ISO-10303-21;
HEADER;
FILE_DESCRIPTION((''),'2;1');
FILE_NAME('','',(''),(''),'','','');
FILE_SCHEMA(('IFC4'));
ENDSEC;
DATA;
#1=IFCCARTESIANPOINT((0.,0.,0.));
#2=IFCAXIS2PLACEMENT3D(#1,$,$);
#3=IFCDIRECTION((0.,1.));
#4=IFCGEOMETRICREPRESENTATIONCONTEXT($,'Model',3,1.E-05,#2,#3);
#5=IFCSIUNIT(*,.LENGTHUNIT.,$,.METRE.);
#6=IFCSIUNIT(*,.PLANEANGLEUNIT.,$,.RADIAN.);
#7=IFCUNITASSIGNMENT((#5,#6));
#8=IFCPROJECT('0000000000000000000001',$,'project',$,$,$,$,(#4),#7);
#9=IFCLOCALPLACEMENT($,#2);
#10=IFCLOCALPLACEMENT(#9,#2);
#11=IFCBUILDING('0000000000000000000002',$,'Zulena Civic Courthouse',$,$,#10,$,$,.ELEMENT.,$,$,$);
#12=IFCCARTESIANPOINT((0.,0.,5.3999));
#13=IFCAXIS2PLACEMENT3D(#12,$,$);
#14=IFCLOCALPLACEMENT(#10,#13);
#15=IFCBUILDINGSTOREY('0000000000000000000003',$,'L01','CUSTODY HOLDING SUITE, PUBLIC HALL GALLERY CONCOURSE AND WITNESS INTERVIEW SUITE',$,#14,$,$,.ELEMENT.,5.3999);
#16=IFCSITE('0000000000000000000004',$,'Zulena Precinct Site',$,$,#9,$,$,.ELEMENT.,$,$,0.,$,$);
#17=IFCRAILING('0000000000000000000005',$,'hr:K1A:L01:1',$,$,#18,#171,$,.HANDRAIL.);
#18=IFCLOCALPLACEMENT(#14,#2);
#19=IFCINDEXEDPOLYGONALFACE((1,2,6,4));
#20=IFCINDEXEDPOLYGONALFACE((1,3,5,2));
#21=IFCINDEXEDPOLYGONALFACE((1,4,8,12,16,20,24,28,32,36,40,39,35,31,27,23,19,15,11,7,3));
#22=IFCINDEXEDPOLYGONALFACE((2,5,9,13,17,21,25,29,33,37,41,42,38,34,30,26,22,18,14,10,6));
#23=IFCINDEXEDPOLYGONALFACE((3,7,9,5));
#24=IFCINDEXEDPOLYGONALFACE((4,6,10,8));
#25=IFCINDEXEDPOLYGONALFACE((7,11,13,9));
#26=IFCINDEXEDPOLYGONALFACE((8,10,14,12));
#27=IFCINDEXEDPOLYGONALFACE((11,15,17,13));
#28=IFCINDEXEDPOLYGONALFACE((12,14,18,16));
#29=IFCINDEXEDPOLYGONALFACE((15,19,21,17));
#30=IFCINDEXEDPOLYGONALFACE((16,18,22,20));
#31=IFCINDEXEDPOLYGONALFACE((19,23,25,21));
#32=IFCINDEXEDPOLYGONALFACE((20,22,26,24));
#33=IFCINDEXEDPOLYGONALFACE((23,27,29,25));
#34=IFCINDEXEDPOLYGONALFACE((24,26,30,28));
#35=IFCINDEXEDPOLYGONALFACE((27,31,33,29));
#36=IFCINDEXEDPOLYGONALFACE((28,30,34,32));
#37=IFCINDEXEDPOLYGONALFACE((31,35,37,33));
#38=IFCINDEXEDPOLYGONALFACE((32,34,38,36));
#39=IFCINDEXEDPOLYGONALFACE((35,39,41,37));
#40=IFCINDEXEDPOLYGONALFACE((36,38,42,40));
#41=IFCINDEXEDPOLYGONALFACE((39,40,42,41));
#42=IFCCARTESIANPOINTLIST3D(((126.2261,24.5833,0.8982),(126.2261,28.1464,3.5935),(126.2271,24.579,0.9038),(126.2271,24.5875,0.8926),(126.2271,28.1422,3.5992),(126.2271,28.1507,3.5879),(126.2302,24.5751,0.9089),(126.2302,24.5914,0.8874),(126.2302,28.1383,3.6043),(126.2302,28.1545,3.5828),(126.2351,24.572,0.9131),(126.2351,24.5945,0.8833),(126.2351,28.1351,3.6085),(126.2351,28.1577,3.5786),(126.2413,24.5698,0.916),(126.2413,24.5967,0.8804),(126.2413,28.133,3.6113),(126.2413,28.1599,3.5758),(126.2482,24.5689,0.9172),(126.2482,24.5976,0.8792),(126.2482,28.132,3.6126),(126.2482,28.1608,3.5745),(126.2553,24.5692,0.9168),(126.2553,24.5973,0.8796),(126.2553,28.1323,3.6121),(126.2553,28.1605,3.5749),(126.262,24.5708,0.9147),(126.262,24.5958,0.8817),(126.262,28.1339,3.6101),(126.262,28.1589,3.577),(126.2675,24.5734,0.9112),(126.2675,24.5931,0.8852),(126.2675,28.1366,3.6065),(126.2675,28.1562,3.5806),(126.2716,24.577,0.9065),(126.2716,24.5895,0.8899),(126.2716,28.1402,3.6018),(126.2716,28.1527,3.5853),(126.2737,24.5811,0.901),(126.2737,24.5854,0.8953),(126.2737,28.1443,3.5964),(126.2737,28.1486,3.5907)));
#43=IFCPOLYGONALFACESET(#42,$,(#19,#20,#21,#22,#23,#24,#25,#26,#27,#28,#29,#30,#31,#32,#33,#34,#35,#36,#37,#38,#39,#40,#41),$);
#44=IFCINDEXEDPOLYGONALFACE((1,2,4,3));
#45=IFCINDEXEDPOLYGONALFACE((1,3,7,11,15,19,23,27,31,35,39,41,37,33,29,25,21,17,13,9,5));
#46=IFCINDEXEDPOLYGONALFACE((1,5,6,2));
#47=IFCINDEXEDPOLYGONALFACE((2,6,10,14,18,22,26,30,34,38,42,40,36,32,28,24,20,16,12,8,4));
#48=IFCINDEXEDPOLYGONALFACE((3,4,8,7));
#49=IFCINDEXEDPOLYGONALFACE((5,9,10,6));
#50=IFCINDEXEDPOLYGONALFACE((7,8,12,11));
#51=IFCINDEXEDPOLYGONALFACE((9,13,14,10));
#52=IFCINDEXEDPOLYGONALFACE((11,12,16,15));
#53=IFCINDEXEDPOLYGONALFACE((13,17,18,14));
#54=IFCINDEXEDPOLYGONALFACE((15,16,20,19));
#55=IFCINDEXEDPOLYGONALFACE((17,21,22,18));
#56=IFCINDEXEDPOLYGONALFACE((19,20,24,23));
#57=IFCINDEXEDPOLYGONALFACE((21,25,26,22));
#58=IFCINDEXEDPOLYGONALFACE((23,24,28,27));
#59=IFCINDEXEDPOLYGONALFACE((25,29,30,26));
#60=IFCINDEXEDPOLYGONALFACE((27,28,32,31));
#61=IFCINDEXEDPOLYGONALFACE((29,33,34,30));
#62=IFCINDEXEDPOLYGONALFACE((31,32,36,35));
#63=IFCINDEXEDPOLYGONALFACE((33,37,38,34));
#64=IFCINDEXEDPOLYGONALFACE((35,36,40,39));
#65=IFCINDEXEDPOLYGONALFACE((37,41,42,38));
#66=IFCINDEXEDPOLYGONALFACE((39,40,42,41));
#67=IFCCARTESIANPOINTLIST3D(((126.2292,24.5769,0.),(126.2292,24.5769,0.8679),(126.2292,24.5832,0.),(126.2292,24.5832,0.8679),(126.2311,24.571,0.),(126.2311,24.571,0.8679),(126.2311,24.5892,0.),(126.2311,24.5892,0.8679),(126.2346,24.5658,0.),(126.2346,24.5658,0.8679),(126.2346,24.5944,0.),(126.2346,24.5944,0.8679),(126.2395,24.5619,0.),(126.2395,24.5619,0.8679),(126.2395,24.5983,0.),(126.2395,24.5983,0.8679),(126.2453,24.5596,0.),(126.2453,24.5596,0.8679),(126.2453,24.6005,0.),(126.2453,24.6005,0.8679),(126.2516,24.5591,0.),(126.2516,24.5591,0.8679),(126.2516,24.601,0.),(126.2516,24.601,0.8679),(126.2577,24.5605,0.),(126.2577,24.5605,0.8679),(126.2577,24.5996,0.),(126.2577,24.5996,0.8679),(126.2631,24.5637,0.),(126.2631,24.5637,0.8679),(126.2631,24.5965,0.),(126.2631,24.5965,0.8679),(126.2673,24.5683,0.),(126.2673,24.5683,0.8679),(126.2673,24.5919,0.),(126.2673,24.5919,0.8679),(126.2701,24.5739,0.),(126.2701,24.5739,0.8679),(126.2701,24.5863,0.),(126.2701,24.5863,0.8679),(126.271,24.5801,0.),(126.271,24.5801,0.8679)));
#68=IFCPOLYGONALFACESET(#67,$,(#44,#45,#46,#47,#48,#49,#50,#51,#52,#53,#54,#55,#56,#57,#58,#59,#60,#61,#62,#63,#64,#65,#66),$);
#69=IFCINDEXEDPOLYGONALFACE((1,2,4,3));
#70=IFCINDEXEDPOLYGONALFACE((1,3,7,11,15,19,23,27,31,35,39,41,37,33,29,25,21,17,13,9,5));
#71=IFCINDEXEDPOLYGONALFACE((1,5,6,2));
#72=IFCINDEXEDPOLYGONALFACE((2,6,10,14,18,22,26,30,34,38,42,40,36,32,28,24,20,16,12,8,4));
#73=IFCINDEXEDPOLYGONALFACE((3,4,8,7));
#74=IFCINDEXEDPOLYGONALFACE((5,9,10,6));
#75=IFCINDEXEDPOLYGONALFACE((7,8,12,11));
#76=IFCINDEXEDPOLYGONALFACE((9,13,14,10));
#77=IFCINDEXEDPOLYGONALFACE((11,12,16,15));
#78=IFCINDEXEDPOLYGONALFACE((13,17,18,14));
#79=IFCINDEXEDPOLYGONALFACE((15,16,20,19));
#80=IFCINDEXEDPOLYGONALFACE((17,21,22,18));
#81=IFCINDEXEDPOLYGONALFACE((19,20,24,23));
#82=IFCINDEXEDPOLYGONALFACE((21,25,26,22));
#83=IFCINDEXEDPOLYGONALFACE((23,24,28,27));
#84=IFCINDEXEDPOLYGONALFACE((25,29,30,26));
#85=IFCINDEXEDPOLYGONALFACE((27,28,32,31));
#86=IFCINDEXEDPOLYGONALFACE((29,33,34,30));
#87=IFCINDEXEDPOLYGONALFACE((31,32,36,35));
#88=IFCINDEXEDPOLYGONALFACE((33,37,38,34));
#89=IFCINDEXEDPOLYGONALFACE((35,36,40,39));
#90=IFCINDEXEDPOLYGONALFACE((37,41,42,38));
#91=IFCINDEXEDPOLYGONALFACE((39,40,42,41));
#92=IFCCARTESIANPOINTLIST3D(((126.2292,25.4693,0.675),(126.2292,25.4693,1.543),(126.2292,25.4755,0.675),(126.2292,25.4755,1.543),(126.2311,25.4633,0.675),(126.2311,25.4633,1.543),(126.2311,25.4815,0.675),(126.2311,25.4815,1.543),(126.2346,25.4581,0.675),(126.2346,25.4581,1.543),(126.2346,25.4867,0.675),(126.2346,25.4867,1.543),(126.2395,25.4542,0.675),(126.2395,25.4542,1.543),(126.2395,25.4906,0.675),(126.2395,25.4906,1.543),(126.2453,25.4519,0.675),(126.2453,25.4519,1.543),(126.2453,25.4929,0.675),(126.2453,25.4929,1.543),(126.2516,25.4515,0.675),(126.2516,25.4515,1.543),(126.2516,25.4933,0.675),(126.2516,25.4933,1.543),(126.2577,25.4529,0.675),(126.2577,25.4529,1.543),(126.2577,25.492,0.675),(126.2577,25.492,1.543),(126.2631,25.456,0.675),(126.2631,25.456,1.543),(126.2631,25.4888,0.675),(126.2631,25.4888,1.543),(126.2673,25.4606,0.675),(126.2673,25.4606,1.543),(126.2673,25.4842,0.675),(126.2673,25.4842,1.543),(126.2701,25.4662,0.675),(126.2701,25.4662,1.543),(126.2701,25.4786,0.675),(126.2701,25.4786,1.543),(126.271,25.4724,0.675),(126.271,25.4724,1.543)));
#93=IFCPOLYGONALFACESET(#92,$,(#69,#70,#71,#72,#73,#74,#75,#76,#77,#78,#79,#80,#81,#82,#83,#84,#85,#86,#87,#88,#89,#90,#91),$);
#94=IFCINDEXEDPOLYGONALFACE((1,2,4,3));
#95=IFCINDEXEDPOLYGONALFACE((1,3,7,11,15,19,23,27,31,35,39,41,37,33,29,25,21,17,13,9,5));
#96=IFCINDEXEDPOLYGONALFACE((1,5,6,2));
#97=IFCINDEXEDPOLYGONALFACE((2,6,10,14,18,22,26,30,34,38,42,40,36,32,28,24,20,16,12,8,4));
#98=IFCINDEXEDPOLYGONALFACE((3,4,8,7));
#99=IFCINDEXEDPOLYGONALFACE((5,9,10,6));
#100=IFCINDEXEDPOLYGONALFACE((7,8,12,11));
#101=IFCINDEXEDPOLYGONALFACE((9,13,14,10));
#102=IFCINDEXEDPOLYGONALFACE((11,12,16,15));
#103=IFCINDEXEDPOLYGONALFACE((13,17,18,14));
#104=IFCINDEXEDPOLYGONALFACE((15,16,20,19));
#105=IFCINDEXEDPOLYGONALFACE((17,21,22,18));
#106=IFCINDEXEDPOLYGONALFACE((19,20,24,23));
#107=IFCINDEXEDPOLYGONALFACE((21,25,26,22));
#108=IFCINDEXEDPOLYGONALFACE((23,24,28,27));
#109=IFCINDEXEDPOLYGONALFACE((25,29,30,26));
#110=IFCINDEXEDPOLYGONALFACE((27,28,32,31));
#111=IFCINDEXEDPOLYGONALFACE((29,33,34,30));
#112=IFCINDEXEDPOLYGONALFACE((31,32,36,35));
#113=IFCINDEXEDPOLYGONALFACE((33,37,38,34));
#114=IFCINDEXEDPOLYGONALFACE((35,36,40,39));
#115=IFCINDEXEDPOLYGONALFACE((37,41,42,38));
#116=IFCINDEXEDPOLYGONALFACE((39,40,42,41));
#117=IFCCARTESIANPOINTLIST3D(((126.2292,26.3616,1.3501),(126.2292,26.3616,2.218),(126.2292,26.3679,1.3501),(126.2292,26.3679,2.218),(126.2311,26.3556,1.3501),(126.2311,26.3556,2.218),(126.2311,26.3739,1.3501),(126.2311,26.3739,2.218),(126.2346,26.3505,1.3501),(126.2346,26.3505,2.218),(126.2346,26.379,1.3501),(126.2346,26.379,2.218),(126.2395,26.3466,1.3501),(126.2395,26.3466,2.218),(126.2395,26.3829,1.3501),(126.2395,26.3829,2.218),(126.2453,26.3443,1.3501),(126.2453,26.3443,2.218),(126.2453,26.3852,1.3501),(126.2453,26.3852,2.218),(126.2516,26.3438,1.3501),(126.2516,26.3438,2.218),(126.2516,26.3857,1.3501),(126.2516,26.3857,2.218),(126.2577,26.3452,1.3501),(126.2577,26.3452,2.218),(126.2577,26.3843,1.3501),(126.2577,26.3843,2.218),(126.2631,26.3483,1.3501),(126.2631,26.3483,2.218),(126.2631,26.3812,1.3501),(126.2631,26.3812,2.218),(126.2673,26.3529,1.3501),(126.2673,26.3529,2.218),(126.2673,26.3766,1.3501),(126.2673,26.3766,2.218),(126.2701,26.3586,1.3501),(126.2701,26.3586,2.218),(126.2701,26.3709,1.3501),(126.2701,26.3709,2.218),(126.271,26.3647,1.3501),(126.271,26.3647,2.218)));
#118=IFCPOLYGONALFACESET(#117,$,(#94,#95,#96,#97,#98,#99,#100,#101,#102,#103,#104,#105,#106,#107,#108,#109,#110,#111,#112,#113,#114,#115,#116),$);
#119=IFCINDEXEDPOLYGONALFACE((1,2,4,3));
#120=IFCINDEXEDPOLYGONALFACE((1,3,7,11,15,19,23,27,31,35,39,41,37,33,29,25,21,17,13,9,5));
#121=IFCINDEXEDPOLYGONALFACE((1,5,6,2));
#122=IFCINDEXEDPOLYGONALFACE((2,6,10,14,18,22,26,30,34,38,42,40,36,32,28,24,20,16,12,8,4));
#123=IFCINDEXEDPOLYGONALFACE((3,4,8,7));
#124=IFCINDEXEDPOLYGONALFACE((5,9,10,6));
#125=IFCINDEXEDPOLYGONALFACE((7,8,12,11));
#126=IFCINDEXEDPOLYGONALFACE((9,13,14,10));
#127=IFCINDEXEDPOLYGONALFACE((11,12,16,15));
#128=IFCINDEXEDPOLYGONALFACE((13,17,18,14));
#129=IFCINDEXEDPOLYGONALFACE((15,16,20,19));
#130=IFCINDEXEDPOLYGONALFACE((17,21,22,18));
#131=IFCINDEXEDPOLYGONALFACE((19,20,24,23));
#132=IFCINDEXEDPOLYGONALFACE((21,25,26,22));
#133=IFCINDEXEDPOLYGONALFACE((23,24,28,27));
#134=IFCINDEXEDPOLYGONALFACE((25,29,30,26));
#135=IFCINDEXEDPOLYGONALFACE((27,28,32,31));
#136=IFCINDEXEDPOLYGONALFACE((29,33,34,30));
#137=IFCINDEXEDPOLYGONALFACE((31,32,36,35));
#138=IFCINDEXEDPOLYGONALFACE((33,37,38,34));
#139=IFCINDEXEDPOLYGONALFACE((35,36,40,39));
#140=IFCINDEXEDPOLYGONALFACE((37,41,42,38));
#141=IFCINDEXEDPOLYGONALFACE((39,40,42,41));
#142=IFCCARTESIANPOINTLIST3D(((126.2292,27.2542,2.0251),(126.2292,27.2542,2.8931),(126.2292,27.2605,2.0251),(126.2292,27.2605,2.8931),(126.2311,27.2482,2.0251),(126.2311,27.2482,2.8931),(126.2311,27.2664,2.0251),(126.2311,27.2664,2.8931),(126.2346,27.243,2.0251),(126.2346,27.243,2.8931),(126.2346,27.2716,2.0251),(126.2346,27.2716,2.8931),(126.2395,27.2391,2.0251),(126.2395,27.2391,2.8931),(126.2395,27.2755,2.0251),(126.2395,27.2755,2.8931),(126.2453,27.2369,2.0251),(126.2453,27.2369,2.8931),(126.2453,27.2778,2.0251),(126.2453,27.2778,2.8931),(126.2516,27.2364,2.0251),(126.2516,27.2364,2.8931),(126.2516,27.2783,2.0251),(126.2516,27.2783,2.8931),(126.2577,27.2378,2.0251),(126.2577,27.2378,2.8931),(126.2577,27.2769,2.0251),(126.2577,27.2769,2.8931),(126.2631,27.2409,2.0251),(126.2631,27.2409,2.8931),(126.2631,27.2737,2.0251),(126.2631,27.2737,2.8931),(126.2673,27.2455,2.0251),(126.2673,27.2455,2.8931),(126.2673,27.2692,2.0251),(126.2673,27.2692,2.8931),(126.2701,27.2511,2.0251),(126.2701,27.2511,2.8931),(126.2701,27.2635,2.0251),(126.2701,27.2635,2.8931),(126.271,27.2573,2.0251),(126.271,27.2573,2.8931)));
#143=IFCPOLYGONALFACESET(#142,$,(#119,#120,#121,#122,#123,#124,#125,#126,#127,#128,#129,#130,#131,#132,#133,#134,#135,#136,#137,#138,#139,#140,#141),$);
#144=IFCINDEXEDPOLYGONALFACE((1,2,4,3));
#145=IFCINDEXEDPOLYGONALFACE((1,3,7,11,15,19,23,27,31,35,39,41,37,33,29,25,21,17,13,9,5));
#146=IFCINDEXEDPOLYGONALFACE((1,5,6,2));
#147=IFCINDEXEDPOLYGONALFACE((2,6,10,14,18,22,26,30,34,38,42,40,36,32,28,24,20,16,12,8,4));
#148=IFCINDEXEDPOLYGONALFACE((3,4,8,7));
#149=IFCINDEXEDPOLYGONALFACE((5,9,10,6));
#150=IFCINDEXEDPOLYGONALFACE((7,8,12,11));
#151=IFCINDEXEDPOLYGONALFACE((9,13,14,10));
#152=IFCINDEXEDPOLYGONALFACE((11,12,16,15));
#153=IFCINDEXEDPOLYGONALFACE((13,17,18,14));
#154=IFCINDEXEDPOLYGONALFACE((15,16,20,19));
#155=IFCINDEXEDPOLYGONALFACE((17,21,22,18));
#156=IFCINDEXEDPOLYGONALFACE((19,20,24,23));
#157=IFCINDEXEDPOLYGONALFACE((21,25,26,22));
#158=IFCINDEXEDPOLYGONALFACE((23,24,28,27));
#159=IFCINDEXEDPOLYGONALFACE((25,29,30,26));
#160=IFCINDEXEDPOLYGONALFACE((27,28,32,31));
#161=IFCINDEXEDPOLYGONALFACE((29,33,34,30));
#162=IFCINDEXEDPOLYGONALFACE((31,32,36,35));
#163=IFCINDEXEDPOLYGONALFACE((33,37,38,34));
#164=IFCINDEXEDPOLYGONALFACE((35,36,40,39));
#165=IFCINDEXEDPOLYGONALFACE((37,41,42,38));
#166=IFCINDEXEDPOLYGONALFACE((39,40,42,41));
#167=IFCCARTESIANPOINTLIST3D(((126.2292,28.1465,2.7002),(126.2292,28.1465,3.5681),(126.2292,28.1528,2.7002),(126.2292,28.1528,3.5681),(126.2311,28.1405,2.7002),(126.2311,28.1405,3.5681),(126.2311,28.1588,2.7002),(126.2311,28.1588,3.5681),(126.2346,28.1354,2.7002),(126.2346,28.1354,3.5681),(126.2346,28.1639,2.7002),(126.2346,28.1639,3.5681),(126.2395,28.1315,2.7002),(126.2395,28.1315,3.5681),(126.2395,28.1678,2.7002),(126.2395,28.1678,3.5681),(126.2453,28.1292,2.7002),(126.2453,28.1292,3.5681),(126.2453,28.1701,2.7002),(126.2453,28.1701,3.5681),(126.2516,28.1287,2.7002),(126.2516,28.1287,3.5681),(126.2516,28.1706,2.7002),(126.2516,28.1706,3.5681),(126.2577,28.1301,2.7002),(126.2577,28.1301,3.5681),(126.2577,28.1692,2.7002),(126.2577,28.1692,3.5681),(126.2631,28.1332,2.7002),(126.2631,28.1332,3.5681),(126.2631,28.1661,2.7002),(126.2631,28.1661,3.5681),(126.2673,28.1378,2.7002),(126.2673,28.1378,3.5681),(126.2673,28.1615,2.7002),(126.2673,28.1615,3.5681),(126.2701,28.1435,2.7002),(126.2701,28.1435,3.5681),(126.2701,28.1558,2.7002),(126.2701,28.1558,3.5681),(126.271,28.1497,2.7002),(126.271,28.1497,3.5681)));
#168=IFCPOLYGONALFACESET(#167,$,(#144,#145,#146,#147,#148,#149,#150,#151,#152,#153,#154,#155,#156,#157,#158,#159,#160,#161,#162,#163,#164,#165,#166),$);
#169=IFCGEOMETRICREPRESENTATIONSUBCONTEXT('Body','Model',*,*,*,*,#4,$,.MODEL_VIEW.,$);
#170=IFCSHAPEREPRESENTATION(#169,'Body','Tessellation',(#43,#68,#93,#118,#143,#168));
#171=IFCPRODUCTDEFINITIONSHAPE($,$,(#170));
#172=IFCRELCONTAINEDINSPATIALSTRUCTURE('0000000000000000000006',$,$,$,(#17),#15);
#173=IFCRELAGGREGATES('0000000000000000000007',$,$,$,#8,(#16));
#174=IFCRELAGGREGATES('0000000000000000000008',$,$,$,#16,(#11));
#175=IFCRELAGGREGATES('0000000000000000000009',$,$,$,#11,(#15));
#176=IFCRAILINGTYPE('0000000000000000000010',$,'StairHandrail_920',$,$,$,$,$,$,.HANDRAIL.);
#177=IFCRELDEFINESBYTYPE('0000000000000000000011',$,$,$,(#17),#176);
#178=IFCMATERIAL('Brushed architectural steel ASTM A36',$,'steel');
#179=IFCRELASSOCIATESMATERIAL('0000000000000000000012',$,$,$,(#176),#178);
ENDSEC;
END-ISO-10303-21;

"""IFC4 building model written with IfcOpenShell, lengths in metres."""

from ifc_helpers import new_model, si_unit, direction, frame, origin, origin_2d, place, context, subcontext, project, spatial, circle, extrude, material, type_object, element, save


model = new_model("IFC4")

# Units and contexts
model_context = context("Model", 3, precision=1e-05, world=origin(), true_north=direction((0.0, 1.0)))
body_context = subcontext(model_context, "Body", "Model", "MODEL_VIEW")
ifc_project = project(units=[si_unit("LENGTHUNIT", "METRE"), si_unit("PLANEANGLEUNIT", "RADIAN")], contexts=[model_context])

# Site, building, storey
site_placement = place(None, origin())
site = spatial("IfcSite", under=ifc_project, at=site_placement, Name="Zulena Precinct Site", CompositionType="ELEMENT", RefElevation=0.0)
building_placement = place(site_placement, origin())
building = spatial("IfcBuilding", under=site, at=building_placement, Name="Zulena Civic Courthouse", CompositionType="ELEMENT")
storey_placement = place(building_placement, frame((0.0, 0.0, 5.3999)))
storey = spatial("IfcBuildingStorey", under=building, at=storey_placement, Name="L01", Description="CUSTODY HOLDING SUITE, PUBLIC HALL GALLERY CONCOURSE AND WITNESS INTERVIEW SUITE", CompositionType="ELEMENT", Elevation=5.3999)

# Shared definitions
ifc_material_1 = material(Name="Brushed architectural steel ASTM A36", Category="steel")

# Railing
railing_type_1 = type_object("IfcRailingType", Name="StairHandrail_920", PredefinedType="HANDRAIL", material=ifc_material_1)
railing_1_placement = place(storey_placement, frame((126.25, 24.5801, 0.0)))
element("IfcRailing", 1, at=railing_1_placement, inside=storey, type_object=railing_type_1, Name="hr:K1A:L01:1", PredefinedType="HANDRAIL", context=body_context, shape_type="SweptSolid", body=[
    extrude(circle(Radius=0.0239, at=origin_2d()), frame((0.0, 0.0032, 0.8982), z_axis=(0.0, 0.797526, 0.603285), x_axis=(-1.0, 0.0, 0.0)), (0.0, 0.0, 1.0), 4.4678),
    extrude(circle(Radius=0.021, at=origin_2d()), origin(), (0.0, 0.0, 1.0), 0.8679),
    extrude(circle(Radius=0.021, at=origin_2d()), frame((0.0, 0.8923, 0.675)), (0.0, 0.0, 1.0), 0.8679),
    extrude(circle(Radius=0.021, at=origin_2d()), frame((0.0, 1.7847, 1.3501)), (0.0, 0.0, 1.0), 0.8679),
    extrude(circle(Radius=0.021, at=origin_2d()), frame((0.0, 2.6772, 2.0251)), (0.0, 0.0, 1.0), 0.8679),
    extrude(circle(Radius=0.021, at=origin_2d()), frame((0.0, 3.5696, 2.7002)), (0.0, 0.0, 1.0), 0.8679),
])

save(model, "model.ifc")
